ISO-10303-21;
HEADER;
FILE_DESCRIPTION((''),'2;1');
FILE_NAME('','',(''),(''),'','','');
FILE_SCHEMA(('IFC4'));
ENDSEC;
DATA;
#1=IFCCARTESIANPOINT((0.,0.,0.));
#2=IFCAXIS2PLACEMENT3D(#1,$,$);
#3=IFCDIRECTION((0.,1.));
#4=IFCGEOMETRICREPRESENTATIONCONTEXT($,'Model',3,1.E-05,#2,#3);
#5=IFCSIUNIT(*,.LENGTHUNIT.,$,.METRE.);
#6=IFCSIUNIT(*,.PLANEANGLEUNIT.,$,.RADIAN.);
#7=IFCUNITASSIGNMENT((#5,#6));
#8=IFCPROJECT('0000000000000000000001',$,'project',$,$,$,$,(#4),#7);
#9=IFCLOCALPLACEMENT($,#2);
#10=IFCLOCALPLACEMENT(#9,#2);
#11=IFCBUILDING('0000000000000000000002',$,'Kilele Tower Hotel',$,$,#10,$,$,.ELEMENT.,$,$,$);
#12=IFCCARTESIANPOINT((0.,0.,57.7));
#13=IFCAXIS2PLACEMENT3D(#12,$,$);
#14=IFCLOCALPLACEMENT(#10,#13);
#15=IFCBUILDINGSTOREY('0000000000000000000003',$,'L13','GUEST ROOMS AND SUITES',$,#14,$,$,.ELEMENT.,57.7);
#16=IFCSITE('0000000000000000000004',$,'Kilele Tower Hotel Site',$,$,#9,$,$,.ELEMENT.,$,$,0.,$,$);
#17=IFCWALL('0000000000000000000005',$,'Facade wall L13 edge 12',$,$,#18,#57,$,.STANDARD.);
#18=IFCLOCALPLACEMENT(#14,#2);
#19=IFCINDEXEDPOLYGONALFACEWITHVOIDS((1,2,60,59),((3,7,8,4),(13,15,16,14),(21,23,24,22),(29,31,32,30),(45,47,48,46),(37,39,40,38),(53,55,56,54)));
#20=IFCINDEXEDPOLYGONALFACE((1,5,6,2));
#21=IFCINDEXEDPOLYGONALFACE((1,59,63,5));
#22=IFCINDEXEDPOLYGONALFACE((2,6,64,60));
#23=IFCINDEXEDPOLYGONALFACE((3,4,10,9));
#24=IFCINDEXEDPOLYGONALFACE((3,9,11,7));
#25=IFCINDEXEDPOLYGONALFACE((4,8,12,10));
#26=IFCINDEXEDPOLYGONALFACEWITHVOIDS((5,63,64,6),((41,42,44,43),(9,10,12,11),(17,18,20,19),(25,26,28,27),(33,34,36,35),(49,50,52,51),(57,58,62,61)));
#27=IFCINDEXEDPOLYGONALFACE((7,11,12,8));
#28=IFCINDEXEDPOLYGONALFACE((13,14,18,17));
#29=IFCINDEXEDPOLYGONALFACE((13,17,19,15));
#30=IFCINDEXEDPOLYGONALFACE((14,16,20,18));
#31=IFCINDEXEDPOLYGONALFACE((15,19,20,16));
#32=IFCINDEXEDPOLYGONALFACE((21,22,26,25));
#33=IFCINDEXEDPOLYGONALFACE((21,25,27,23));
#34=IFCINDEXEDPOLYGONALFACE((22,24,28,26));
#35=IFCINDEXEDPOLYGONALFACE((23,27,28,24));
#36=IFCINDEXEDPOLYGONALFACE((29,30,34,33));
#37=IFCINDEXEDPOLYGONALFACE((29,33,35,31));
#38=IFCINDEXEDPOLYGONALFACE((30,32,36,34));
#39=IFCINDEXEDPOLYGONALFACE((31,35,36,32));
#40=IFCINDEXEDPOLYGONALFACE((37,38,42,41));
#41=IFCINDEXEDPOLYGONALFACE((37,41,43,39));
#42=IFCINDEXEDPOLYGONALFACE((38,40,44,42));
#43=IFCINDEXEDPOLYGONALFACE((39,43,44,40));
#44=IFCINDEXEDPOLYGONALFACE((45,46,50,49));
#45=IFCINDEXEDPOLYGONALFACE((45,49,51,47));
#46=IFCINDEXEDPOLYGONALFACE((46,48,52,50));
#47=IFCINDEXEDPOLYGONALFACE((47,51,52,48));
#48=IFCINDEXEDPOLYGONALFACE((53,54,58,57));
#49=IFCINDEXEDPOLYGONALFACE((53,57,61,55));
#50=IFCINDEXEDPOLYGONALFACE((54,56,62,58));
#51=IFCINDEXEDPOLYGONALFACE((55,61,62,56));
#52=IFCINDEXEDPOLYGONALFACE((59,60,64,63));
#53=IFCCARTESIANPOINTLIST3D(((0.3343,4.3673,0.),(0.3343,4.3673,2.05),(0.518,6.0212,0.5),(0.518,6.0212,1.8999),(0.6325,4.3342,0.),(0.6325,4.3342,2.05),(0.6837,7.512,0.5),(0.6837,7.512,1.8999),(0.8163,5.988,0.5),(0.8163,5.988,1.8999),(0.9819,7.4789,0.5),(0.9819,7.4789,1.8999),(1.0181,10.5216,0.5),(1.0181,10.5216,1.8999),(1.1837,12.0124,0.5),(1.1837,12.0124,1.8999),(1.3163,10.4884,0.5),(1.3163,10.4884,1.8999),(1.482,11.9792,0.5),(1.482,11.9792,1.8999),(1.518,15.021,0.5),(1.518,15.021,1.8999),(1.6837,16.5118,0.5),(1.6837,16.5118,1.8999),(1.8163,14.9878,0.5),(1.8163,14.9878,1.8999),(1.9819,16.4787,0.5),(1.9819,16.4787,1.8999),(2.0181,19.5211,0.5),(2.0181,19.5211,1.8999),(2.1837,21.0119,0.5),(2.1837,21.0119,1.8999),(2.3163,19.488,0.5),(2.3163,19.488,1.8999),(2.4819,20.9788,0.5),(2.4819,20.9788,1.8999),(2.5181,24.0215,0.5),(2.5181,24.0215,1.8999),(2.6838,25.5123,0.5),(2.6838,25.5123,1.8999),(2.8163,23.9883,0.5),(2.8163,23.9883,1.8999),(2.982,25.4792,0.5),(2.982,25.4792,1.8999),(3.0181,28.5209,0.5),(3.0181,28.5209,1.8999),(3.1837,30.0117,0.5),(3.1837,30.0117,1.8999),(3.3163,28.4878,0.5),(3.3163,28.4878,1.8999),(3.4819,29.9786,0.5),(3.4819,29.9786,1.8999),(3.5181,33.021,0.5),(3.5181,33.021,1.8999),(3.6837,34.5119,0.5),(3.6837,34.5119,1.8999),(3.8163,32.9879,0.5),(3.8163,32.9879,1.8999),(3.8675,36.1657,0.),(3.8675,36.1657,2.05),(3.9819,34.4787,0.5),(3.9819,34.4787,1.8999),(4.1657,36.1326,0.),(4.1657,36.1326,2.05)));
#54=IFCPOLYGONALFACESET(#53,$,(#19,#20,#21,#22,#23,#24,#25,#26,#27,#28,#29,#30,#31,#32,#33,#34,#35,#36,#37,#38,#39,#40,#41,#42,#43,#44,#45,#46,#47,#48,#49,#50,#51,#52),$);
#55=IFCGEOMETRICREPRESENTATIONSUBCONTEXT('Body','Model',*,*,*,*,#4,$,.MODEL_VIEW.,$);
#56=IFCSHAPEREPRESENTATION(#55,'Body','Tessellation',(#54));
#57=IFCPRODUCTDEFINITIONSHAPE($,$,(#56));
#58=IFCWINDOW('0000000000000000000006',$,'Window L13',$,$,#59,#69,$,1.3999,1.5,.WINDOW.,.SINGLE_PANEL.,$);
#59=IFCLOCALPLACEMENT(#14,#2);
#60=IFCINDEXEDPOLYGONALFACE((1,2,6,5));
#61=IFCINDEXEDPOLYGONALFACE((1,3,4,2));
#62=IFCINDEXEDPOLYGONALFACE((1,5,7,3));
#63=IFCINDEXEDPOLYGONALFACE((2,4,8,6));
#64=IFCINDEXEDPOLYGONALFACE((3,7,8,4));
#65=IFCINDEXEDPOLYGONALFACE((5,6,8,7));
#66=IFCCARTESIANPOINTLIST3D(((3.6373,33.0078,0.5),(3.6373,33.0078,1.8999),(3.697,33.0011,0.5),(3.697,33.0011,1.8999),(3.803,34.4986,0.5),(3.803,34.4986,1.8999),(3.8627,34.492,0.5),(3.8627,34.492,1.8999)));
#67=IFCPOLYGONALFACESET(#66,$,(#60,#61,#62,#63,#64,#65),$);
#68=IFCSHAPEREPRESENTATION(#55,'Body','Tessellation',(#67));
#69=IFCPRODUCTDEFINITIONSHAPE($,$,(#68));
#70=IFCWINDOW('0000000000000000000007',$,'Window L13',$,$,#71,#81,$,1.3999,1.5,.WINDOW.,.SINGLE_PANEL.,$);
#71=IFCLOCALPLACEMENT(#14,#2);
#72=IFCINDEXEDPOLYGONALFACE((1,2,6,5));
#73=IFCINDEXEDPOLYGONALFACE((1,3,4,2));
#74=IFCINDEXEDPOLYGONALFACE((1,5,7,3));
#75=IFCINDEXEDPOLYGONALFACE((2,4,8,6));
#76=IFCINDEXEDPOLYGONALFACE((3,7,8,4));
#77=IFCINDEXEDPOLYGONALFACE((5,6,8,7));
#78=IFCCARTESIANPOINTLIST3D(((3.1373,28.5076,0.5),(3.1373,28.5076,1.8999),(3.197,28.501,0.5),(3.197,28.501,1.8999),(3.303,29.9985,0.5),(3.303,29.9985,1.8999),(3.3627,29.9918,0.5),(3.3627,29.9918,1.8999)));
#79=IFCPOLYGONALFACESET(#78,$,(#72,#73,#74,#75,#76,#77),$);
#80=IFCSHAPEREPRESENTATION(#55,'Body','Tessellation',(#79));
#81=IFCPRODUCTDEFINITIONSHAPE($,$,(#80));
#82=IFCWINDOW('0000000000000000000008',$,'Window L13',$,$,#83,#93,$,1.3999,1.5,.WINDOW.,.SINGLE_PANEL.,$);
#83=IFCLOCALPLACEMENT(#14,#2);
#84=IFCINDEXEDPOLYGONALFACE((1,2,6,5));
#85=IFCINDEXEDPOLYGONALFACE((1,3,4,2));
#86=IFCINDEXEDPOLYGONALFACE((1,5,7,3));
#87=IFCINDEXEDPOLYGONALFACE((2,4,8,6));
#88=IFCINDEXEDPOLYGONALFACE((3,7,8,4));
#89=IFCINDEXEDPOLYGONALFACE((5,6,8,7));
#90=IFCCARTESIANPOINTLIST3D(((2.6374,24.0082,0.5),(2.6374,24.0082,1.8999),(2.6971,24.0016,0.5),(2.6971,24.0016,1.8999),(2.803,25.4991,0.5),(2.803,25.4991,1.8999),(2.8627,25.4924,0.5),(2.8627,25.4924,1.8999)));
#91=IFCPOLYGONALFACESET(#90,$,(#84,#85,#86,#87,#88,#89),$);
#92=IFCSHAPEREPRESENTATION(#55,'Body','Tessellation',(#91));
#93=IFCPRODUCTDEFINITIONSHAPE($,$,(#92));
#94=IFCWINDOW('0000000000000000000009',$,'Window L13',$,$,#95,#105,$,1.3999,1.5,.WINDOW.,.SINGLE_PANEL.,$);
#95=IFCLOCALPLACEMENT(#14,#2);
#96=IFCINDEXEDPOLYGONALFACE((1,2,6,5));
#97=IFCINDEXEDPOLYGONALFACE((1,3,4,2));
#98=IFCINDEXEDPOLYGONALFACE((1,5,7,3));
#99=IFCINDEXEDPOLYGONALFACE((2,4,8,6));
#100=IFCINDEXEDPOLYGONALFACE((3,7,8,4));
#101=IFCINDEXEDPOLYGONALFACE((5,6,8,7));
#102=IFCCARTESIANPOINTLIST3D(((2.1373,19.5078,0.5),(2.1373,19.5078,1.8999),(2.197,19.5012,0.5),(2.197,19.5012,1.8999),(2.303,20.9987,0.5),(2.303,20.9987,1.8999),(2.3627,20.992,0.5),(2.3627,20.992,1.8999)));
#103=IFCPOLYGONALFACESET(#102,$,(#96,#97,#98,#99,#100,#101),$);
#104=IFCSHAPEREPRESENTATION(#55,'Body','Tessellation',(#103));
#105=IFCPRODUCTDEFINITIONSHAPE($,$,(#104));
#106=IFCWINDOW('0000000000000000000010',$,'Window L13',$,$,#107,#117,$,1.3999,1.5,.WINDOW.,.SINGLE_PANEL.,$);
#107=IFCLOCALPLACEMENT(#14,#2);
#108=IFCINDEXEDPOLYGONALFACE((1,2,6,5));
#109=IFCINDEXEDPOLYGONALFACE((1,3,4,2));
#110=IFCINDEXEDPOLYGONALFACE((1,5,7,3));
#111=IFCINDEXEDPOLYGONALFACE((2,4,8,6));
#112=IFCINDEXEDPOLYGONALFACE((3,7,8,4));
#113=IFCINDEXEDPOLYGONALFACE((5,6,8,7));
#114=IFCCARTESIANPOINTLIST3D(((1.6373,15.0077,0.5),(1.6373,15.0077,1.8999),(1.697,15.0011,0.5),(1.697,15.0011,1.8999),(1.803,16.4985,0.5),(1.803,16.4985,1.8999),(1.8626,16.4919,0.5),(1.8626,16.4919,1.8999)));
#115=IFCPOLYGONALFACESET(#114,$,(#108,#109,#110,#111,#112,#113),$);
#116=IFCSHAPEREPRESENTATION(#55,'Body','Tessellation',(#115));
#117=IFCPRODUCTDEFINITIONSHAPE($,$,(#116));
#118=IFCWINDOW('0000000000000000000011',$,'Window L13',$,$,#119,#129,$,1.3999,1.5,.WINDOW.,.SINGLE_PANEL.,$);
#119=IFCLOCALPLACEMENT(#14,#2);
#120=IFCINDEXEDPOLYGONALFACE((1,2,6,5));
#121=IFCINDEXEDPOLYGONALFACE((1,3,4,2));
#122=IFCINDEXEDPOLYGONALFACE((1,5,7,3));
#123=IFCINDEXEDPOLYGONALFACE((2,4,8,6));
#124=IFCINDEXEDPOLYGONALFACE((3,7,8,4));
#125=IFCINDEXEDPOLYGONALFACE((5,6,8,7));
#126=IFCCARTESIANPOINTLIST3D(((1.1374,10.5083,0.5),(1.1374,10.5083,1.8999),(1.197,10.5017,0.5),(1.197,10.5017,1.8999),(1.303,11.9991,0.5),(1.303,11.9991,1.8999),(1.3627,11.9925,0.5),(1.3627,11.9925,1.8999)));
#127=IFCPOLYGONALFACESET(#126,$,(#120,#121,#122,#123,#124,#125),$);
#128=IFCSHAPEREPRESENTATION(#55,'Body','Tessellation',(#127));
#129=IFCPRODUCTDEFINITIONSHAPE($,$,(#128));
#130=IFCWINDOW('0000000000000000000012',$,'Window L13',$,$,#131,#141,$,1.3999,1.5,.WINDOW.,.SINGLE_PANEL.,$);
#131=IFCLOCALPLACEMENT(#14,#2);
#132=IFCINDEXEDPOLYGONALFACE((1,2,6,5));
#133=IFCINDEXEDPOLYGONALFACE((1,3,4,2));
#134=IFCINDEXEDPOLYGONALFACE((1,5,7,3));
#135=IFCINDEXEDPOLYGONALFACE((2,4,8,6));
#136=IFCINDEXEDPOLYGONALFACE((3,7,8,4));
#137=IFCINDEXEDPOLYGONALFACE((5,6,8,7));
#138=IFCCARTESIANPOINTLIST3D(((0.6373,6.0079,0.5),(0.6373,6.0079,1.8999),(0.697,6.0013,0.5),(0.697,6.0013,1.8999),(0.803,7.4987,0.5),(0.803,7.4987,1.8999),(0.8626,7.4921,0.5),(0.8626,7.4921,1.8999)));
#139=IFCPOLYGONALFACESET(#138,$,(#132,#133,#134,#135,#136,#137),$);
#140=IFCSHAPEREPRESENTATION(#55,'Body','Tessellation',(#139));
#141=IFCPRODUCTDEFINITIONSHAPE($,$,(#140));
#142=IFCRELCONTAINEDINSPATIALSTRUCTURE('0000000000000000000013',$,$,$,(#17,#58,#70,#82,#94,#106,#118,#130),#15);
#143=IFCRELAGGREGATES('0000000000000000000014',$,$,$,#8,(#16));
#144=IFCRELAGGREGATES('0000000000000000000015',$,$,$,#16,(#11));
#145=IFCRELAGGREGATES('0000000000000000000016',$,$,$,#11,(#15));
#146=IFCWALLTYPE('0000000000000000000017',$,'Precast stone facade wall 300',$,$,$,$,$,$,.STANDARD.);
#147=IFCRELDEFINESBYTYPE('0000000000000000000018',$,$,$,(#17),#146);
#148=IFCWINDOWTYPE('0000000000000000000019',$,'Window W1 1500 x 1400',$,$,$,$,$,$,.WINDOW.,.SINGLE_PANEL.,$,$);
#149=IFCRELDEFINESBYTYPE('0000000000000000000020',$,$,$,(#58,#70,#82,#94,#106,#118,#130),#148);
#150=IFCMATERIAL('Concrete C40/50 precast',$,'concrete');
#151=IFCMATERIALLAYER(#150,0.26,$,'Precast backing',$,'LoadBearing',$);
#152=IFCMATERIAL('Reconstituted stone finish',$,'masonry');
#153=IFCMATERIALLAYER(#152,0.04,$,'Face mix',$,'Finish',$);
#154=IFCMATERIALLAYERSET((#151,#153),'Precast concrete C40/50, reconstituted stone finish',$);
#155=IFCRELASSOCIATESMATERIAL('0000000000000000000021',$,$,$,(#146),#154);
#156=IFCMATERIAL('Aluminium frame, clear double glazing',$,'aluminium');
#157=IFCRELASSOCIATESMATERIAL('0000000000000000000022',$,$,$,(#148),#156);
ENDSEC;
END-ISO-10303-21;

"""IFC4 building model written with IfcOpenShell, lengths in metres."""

from ifc_helpers import new_model, si_unit, direction, frame, frame_2d, origin, place, context, subcontext, project, spatial, rectangle, extrude, material, layer, layer_set, type_object, element, fill, save


model = new_model("IFC4")

# Units and contexts
model_context = context("Model", 3, precision=1e-05, world=origin(), true_north=direction((0.0, 1.0)))
body_context = subcontext(model_context, "Body", "Model", "MODEL_VIEW")
ifc_project = project(units=[si_unit("LENGTHUNIT", "METRE"), si_unit("PLANEANGLEUNIT", "RADIAN")], contexts=[model_context])

# Site, building, storey
site_placement = place(None, origin())
site = spatial("IfcSite", under=ifc_project, at=site_placement, Name="Kilele Tower Hotel Site", CompositionType="ELEMENT", RefElevation=0.0)
building_placement = place(site_placement, origin())
building = spatial("IfcBuilding", under=site, at=building_placement, Name="Kilele Tower Hotel", CompositionType="ELEMENT")
storey_placement = place(building_placement, frame((0.0, 0.0, 57.7)))
storey = spatial("IfcBuildingStorey", under=building, at=storey_placement, Name="L13", Description="GUEST ROOMS AND SUITES", CompositionType="ELEMENT", Elevation=57.7)

# Shared definitions
ifc_material_1 = material(Name="Concrete C40/50 precast", Category="concrete")
ifc_layer_1 = layer(ifc_material_1, 0.26, Name="Precast backing", Category="LoadBearing")
ifc_material_2 = material(Name="Reconstituted stone finish", Category="masonry")
ifc_layer_2 = layer(ifc_material_2, 0.04, Name="Face mix", Category="Finish")
ifc_layer_set_1 = layer_set([ifc_layer_1, ifc_layer_2], Name="Precast concrete C40/50, reconstituted stone finish")
wall_type_1 = type_object("IfcWallType", Name="Precast stone facade wall 300", PredefinedType="STANDARD", material=ifc_layer_set_1)
ifc_material_3 = material(Name="Aluminium frame, clear double glazing", Category="aluminium")
window_type_1 = type_object("IfcWindowType", Name="Window W1 1500 x 1400", PartitioningType="SINGLE_PANEL", PredefinedType="WINDOW", material=ifc_material_3)

# Wall, openings, windows
wall_1_placement = place(storey_placement, frame((4.0166, 36.1492, 0.0), z_axis=(0.0, 0.0, 1.0), x_axis=(-0.110433, -0.993884, 0.0)))
wall_1 = element("IfcWall", 1, at=wall_1_placement, inside=storey, type_object=wall_type_1, Name="Facade wall L13 edge 12", PredefinedType="STANDARD", context=body_context, shape_type="SweptSolid", body=[
    extrude(rectangle(XDim=31.9941, YDim=0.3, at=frame_2d((15.9971, 0.0))), origin(), (0.0, 0.0, 1.0), 2.05),
])
opening_1_placement = place(wall_1_placement, frame((1.6641, 0.0, 0.5)))
opening_1 = element("IfcOpeningElement", 2, at=opening_1_placement, cuts=wall_1, PredefinedType="OPENING", context=body_context, shape_type="SweptSolid", body=[
    extrude(rectangle(XDim=1.5, YDim=1.3999, at=frame_2d((0.75, 0.7))), frame((0.0, 0.1599, 0.0), z_axis=(0.0, -1.0, 0.0), x_axis=(1.0, 0.0, 0.0)), (0.0, 0.0, 1.0), 0.3201),
])
opening_2_placement = place(wall_1_placement, frame((6.1919, 0.0, 0.5)))
opening_2 = element("IfcOpeningElement", 3, at=opening_2_placement, cuts=wall_1, PredefinedType="OPENING", context=body_context, shape_type="SweptSolid", body=[
    extrude(rectangle(XDim=1.5, YDim=1.3999, at=frame_2d((0.75, 0.7))), frame((0.0, 0.1599, 0.0), z_axis=(0.0, -1.0, 0.0), x_axis=(1.0, 0.0, 0.0)), (0.0, 0.0, 1.0), 0.3201),
])
opening_3_placement = place(wall_1_placement, frame((10.719, 0.0, 0.5)))
opening_3 = element("IfcOpeningElement", 4, at=opening_3_placement, cuts=wall_1, PredefinedType="OPENING", context=body_context, shape_type="SweptSolid", body=[
    extrude(rectangle(XDim=1.5, YDim=1.3999, at=frame_2d((0.75, 0.7))), frame((0.0, 0.1599, 0.0), z_axis=(0.0, -1.0, 0.0), x_axis=(1.0, 0.0, 0.0)), (0.0, 0.0, 1.0), 0.3201),
])
opening_4_placement = place(wall_1_placement, frame((15.2471, 0.0, 0.5)))
opening_4 = element("IfcOpeningElement", 5, at=opening_4_placement, cuts=wall_1, PredefinedType="OPENING", context=body_context, shape_type="SweptSolid", body=[
    extrude(rectangle(XDim=1.5, YDim=1.3999, at=frame_2d((0.75, 0.7))), frame((0.0, 0.1599, 0.0), z_axis=(0.0, -1.0, 0.0), x_axis=(1.0, 0.0, 0.0)), (0.0, 0.0, 1.0), 0.3201),
])
opening_5_placement = place(wall_1_placement, frame((19.7749, 0.0, 0.5)))
opening_5 = element("IfcOpeningElement", 6, at=opening_5_placement, cuts=wall_1, PredefinedType="OPENING", context=body_context, shape_type="SweptSolid", body=[
    extrude(rectangle(XDim=1.5, YDim=1.3999, at=frame_2d((0.75, 0.7))), frame((0.0, 0.1599, 0.0), z_axis=(0.0, -1.0, 0.0), x_axis=(1.0, 0.0, 0.0)), (0.0, 0.0, 1.0), 0.3201),
])
opening_6_placement = place(wall_1_placement, frame((24.302, 0.0, 0.5)))
opening_6 = element("IfcOpeningElement", 7, at=opening_6_placement, cuts=wall_1, PredefinedType="OPENING", context=body_context, shape_type="SweptSolid", body=[
    extrude(rectangle(XDim=1.5, YDim=1.3999, at=frame_2d((0.75, 0.7))), frame((0.0, 0.1599, 0.0), z_axis=(0.0, -1.0, 0.0), x_axis=(1.0, 0.0, 0.0)), (0.0, 0.0, 1.0), 0.3201),
])
opening_7_placement = place(wall_1_placement, frame((28.8301, 0.0, 0.5)))
opening_7 = element("IfcOpeningElement", 8, at=opening_7_placement, cuts=wall_1, PredefinedType="OPENING", context=body_context, shape_type="SweptSolid", body=[
    extrude(rectangle(XDim=1.5, YDim=1.3999, at=frame_2d((0.75, 0.7))), frame((0.0, 0.1599, 0.0), z_axis=(0.0, -1.0, 0.0), x_axis=(1.0, 0.0, 0.0)), (0.0, 0.0, 1.0), 0.3201),
])
window_1_placement = place(opening_1_placement, origin())
window_1 = element("IfcWindow", 9, at=window_1_placement, inside=storey, type_object=window_type_1, Name="Window L13", OverallHeight=1.3999, OverallWidth=1.5, PartitioningType="SINGLE_PANEL", PredefinedType="WINDOW", context=body_context, shape_type="SweptSolid", body=[
    extrude(rectangle(XDim=1.5, YDim=1.3999, at=frame_2d((0.75, 0.7))), frame((0.0, 0.03, 0.0), z_axis=(0.0, -1.0, 0.0), x_axis=(1.0, 0.0, 0.0)), (0.0, 0.0, 1.0), 0.0601),
])
fill(opening_1, window_1)
window_2_placement = place(opening_2_placement, origin())
window_2 = element("IfcWindow", 10, at=window_2_placement, inside=storey, type_object=window_type_1, Name="Window L13", OverallHeight=1.3999, OverallWidth=1.5, PartitioningType="SINGLE_PANEL", PredefinedType="WINDOW", context=body_context, shape_type="SweptSolid", body=[
    extrude(rectangle(XDim=1.5, YDim=1.3999, at=frame_2d((0.75, 0.7))), frame((0.0, 0.03, 0.0), z_axis=(0.0, -1.0, 0.0), x_axis=(1.0, 0.0, 0.0)), (0.0, 0.0, 1.0), 0.0601),
])
fill(opening_2, window_2)
window_3_placement = place(opening_3_placement, origin())
window_3 = element("IfcWindow", 11, at=window_3_placement, inside=storey, type_object=window_type_1, Name="Window L13", OverallHeight=1.3999, OverallWidth=1.5, PartitioningType="SINGLE_PANEL", PredefinedType="WINDOW", context=body_context, shape_type="SweptSolid", body=[
    extrude(rectangle(XDim=1.5, YDim=1.3999, at=frame_2d((0.75, 0.7))), frame((0.0, 0.03, 0.0), z_axis=(0.0, -1.0, 0.0), x_axis=(1.0, 0.0, 0.0)), (0.0, 0.0, 1.0), 0.0601),
])
fill(opening_3, window_3)
window_4_placement = place(opening_4_placement, origin())
window_4 = element("IfcWindow", 12, at=window_4_placement, inside=storey, type_object=window_type_1, Name="Window L13", OverallHeight=1.3999, OverallWidth=1.5, PartitioningType="SINGLE_PANEL", PredefinedType="WINDOW", context=body_context, shape_type="SweptSolid", body=[
    extrude(rectangle(XDim=1.5, YDim=1.3999, at=frame_2d((0.75, 0.7))), frame((0.0, 0.03, 0.0), z_axis=(0.0, -1.0, 0.0), x_axis=(1.0, 0.0, 0.0)), (0.0, 0.0, 1.0), 0.0601),
])
fill(opening_4, window_4)
window_5_placement = place(opening_5_placement, origin())
window_5 = element("IfcWindow", 13, at=window_5_placement, inside=storey, type_object=window_type_1, Name="Window L13", OverallHeight=1.3999, OverallWidth=1.5, PartitioningType="SINGLE_PANEL", PredefinedType="WINDOW", context=body_context, shape_type="SweptSolid", body=[
    extrude(rectangle(XDim=1.5, YDim=1.3999, at=frame_2d((0.75, 0.7))), frame((0.0, 0.03, 0.0), z_axis=(0.0, -1.0, 0.0), x_axis=(1.0, 0.0, 0.0)), (0.0, 0.0, 1.0), 0.0601),
])
fill(opening_5, window_5)
window_6_placement = place(opening_6_placement, origin())
window_6 = element("IfcWindow", 14, at=window_6_placement, inside=storey, type_object=window_type_1, Name="Window L13", OverallHeight=1.3999, OverallWidth=1.5, PartitioningType="SINGLE_PANEL", PredefinedType="WINDOW", context=body_context, shape_type="SweptSolid", body=[
    extrude(rectangle(XDim=1.5, YDim=1.3999, at=frame_2d((0.75, 0.7))), frame((0.0, 0.03, 0.0), z_axis=(0.0, -1.0, 0.0), x_axis=(1.0, 0.0, 0.0)), (0.0, 0.0, 1.0), 0.0601),
])
fill(opening_6, window_6)
window_7_placement = place(opening_7_placement, origin())
window_7 = element("IfcWindow", 15, at=window_7_placement, inside=storey, type_object=window_type_1, Name="Window L13", OverallHeight=1.3999, OverallWidth=1.5, PartitioningType="SINGLE_PANEL", PredefinedType="WINDOW", context=body_context, shape_type="SweptSolid", body=[
    extrude(rectangle(XDim=1.5, YDim=1.3999, at=frame_2d((0.75, 0.7))), frame((0.0, 0.03, 0.0), z_axis=(0.0, -1.0, 0.0), x_axis=(1.0, 0.0, 0.0)), (0.0, 0.0, 1.0), 0.0601),
])
fill(opening_7, window_7)

save(model, "model.ifc")
